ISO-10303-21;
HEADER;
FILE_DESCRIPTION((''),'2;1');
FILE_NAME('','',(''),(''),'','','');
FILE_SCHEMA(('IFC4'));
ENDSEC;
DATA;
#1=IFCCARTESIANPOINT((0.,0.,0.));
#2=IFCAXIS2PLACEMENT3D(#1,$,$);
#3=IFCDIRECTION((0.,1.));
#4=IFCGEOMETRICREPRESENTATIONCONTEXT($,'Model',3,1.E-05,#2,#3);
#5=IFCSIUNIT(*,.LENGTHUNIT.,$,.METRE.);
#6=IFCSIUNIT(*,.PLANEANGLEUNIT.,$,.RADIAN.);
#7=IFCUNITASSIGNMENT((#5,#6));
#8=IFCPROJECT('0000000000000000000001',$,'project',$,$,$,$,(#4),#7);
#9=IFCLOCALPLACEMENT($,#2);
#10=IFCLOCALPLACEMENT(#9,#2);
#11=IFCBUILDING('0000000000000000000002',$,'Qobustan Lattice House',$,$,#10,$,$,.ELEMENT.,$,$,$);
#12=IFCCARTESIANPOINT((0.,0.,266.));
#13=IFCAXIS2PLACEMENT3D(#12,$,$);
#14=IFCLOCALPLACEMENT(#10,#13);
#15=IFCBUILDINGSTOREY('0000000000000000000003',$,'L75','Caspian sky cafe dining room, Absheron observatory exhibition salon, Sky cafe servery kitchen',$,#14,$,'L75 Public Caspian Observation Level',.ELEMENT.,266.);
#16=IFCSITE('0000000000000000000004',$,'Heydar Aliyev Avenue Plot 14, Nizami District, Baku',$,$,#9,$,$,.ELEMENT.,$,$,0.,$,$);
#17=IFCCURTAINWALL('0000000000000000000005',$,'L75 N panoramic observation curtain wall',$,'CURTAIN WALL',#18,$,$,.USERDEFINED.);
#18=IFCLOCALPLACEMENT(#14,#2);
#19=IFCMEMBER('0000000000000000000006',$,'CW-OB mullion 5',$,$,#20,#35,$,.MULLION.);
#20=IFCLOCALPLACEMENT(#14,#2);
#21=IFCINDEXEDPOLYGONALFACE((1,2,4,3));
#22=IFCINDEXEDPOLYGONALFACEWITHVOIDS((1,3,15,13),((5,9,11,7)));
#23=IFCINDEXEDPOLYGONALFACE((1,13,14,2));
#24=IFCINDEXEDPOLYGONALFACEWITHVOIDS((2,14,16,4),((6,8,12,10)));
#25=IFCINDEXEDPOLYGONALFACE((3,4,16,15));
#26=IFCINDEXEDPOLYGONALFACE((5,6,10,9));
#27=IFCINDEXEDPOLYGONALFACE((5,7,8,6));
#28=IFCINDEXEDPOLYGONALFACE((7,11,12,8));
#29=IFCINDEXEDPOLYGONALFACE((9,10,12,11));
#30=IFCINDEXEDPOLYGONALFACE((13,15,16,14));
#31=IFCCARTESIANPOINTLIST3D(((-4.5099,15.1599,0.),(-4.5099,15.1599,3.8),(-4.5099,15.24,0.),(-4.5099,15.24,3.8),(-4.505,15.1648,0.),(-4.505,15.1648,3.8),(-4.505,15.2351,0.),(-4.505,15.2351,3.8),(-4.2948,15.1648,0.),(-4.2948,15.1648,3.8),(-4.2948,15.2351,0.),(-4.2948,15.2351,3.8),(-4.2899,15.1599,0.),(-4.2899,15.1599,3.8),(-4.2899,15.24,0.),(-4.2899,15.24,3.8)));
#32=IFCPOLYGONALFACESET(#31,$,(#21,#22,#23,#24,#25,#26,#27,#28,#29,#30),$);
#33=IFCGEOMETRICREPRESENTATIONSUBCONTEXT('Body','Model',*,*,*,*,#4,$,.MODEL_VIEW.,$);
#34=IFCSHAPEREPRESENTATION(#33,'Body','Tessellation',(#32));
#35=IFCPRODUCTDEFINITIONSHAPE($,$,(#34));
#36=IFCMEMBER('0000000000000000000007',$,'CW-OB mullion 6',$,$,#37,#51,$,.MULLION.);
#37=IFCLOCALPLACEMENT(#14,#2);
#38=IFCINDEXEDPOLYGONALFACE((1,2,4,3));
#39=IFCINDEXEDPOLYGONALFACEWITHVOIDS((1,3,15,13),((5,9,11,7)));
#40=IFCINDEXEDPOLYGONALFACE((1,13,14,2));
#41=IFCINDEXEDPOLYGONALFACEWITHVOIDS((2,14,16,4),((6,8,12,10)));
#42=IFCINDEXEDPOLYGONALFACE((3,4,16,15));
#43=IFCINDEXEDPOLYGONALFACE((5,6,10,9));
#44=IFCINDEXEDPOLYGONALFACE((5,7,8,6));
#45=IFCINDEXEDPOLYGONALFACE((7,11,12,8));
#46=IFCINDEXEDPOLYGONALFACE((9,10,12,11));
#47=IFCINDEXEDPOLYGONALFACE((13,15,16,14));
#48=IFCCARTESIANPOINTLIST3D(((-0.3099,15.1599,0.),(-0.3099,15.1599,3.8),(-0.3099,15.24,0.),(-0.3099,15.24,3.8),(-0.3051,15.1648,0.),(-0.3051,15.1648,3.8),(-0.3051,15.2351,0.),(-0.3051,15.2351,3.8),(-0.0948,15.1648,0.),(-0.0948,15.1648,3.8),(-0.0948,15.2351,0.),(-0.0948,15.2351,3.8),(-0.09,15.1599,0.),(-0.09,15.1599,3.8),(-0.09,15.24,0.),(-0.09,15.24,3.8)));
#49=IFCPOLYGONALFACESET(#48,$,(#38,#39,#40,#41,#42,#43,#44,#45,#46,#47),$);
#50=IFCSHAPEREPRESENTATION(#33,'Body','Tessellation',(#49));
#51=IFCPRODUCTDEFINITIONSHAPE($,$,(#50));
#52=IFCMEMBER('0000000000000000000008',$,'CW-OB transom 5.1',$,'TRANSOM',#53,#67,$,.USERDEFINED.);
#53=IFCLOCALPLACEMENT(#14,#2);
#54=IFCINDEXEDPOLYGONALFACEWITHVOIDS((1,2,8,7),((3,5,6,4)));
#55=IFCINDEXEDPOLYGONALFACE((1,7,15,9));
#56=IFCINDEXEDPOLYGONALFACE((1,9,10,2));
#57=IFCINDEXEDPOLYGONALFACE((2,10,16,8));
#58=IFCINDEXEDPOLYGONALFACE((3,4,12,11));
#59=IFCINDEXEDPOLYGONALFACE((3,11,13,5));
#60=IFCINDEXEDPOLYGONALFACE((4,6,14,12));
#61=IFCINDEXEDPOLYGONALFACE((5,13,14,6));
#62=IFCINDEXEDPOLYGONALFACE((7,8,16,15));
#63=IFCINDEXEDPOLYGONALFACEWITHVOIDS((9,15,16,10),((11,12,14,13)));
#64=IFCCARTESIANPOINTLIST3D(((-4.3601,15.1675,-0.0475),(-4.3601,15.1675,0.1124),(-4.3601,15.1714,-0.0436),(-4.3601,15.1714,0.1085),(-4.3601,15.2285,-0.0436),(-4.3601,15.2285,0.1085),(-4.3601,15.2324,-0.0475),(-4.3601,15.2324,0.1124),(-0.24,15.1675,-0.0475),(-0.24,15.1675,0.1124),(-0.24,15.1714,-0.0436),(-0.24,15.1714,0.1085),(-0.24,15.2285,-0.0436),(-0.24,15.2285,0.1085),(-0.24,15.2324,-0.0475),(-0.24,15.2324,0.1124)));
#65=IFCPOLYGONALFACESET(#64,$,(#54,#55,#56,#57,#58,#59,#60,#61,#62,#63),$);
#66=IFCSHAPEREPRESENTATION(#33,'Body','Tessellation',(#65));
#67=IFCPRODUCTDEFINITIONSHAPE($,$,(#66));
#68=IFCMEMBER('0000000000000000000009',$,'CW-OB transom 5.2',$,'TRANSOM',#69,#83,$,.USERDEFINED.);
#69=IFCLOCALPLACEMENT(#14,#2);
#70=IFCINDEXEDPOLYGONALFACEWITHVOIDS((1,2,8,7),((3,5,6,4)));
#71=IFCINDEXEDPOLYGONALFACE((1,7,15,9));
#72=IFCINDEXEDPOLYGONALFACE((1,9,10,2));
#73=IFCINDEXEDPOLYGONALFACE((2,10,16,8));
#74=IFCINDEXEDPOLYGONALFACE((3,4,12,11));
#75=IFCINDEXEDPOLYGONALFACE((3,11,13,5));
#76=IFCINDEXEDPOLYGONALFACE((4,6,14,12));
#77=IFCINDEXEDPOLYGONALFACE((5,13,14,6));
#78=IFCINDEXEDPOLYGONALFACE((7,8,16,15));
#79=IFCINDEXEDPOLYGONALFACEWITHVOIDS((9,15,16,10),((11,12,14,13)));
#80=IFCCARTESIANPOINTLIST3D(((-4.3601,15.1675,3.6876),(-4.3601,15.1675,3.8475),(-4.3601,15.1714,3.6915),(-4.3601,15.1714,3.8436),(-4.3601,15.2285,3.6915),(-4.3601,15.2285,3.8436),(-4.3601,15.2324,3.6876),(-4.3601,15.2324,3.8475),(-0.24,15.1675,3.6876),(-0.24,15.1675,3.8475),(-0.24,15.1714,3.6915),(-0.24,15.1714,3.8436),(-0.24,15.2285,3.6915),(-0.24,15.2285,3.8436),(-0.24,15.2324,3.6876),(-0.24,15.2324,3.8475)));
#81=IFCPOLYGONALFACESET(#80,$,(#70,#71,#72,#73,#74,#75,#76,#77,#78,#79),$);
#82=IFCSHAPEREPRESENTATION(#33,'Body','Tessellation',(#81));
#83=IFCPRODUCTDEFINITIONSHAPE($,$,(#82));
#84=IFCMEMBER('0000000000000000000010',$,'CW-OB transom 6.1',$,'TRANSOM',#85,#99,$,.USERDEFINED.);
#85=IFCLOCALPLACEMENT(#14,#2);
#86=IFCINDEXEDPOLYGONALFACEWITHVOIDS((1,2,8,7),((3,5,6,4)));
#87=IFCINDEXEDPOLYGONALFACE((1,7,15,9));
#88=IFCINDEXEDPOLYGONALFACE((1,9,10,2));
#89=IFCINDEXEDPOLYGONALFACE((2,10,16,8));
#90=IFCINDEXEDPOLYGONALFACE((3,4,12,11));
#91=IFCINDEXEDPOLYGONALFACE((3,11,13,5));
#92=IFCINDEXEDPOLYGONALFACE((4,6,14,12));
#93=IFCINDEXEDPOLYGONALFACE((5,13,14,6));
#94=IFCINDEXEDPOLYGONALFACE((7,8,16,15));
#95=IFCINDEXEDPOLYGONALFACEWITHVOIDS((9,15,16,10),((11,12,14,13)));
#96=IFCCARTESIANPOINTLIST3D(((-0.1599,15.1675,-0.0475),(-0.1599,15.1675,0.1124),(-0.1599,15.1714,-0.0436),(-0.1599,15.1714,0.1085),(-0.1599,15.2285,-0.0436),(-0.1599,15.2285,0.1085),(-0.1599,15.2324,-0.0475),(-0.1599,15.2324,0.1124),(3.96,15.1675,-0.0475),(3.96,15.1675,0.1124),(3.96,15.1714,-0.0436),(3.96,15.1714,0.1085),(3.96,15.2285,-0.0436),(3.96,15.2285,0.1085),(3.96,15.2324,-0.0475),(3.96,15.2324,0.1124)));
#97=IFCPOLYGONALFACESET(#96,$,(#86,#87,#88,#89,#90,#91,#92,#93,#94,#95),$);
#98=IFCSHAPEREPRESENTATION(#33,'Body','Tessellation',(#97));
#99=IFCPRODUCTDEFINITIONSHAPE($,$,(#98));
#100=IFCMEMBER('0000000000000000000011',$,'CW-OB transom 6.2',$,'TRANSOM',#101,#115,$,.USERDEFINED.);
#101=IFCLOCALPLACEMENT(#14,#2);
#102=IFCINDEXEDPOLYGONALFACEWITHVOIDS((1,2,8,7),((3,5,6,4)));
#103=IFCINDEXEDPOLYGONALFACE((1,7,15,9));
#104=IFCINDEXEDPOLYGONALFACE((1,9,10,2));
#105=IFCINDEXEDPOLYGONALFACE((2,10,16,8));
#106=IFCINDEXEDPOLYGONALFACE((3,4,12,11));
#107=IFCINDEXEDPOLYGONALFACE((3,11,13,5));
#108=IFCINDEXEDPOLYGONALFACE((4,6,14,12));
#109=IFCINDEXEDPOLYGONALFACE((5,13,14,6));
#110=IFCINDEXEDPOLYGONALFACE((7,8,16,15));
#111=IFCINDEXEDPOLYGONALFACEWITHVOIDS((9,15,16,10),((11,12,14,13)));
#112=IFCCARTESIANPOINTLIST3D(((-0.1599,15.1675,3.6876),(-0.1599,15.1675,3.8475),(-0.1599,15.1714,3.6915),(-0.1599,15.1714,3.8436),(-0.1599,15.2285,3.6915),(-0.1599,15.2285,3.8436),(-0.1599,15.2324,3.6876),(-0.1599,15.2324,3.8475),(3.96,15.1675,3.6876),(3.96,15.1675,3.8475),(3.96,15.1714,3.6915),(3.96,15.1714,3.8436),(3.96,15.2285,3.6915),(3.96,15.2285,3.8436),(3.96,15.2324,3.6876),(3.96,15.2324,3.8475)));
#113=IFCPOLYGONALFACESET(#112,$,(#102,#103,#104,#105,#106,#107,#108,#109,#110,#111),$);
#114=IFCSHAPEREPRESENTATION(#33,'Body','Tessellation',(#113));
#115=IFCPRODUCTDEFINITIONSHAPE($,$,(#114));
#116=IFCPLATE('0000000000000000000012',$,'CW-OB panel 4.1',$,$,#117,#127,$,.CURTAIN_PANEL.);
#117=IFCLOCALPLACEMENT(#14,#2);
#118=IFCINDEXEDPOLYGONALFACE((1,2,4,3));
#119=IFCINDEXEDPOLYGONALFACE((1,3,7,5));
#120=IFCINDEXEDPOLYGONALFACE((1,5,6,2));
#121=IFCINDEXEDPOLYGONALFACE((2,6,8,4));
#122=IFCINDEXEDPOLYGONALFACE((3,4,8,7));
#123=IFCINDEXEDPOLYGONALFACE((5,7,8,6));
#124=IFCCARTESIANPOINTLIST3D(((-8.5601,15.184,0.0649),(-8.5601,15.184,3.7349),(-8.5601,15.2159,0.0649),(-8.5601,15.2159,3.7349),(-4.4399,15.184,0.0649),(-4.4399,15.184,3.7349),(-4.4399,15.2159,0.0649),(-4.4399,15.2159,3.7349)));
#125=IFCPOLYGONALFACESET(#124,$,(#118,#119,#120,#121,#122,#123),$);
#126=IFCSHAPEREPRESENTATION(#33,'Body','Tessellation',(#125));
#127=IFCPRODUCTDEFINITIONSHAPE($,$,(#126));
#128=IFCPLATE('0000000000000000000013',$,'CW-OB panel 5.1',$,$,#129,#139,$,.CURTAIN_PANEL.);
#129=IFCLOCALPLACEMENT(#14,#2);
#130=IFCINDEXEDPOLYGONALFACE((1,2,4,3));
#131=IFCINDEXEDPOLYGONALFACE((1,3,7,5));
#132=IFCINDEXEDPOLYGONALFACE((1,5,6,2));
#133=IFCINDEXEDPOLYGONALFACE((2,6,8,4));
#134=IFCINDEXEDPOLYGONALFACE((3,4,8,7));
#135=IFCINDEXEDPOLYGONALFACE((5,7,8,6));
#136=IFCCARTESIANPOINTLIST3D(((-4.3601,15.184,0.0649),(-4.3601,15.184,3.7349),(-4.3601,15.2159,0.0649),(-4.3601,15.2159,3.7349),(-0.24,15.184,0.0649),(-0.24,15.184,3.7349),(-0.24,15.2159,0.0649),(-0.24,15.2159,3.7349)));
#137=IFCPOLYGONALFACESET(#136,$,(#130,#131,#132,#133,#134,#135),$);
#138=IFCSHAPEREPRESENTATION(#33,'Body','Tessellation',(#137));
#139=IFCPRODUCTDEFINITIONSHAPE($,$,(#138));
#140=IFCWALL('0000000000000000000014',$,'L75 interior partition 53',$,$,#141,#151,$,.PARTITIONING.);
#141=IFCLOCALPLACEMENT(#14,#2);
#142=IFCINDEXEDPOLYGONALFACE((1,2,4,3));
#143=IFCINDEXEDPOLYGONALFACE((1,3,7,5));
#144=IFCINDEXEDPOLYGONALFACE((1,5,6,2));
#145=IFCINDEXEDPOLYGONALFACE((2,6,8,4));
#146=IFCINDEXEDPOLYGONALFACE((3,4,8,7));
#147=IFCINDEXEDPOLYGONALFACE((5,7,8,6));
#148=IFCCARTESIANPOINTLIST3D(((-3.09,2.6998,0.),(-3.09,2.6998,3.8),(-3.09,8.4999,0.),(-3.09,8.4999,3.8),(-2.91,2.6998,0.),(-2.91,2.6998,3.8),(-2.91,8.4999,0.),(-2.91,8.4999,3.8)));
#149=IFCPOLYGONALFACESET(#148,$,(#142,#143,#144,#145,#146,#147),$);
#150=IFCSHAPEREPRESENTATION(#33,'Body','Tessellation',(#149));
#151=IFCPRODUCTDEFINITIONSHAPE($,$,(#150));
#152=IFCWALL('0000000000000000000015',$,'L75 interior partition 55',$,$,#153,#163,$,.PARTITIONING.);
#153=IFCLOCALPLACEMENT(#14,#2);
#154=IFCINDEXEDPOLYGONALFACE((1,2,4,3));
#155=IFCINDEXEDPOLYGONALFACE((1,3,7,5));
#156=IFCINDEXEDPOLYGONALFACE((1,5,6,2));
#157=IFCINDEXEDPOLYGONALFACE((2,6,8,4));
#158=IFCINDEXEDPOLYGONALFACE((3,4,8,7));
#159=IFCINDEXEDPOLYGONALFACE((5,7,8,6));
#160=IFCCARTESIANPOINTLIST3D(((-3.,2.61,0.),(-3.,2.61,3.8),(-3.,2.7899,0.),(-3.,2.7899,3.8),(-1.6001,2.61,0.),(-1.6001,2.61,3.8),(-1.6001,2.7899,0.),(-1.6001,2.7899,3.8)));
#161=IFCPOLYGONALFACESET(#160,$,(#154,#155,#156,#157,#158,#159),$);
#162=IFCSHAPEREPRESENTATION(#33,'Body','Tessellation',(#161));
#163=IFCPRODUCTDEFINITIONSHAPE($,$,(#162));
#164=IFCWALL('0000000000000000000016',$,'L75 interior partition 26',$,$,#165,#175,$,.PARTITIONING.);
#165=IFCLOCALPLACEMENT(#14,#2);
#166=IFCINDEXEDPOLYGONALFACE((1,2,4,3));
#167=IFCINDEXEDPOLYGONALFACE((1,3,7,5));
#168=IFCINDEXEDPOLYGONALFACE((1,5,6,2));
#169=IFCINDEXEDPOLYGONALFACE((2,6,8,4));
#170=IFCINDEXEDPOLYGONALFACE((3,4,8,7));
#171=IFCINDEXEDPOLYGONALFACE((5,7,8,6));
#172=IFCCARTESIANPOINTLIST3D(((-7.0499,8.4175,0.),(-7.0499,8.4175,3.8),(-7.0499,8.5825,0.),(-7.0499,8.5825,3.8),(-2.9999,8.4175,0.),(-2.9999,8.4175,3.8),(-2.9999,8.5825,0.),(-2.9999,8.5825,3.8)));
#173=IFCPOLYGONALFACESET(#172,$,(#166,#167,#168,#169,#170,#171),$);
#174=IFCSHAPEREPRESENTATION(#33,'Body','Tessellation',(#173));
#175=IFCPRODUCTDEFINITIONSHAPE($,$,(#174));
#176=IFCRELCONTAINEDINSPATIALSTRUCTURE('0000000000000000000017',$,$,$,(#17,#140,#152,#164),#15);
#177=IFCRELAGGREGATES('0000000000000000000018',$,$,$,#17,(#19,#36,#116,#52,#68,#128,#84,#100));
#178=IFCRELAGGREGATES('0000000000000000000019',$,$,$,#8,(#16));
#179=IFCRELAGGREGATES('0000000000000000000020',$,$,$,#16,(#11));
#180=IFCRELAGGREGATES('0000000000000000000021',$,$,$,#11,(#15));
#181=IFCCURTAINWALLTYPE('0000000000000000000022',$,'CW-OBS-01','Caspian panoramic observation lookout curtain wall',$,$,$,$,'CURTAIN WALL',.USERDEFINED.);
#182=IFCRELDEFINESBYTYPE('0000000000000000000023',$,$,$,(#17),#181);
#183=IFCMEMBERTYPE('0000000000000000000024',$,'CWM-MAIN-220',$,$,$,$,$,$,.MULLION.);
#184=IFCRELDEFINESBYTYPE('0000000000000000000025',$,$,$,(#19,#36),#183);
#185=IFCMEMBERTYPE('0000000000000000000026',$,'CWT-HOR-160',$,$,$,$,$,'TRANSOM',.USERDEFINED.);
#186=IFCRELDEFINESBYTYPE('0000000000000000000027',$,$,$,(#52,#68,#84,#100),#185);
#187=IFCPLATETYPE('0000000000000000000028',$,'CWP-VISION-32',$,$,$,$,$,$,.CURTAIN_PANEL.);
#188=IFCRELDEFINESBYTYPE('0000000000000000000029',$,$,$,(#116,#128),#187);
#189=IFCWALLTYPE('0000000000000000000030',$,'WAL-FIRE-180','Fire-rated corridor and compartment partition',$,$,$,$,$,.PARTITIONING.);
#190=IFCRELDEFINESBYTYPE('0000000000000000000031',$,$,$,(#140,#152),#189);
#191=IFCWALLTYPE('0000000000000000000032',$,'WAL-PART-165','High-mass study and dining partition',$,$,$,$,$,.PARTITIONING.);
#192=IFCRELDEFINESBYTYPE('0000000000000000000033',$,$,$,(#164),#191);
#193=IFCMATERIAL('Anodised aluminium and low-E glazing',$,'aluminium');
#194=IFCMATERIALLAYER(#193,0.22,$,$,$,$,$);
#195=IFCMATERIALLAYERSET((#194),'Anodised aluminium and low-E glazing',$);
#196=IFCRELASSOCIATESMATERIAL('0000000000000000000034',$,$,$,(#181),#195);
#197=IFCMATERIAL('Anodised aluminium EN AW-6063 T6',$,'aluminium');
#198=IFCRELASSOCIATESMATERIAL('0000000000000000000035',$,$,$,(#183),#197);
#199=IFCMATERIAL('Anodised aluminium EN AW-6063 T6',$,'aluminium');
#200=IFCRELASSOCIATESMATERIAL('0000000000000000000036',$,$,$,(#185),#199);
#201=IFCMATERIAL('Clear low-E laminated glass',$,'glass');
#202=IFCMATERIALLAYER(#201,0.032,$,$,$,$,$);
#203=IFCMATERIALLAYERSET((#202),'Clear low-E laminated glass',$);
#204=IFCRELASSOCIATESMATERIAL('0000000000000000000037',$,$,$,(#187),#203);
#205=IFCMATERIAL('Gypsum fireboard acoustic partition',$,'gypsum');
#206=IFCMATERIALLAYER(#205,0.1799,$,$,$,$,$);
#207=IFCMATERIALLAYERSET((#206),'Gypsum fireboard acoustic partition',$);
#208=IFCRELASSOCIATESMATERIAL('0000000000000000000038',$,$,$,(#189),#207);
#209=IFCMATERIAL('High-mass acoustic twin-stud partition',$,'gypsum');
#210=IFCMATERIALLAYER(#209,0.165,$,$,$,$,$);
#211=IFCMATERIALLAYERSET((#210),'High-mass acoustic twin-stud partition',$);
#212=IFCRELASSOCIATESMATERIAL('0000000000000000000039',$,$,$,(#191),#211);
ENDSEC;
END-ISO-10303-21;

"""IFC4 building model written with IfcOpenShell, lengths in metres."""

from ifc_helpers import new_model, si_unit, direction, frame, frame_2d, origin, origin_2d, place, context, subcontext, project, spatial, rectangle, hollow_rectangle, extrude, material, layer, layer_set, material_profile, profile_set, type_object, element, aggregate, save


model = new_model("IFC4")

# Units and contexts
model_context = context("Model", 3, precision=1e-05, world=origin(), true_north=direction((0.0, 1.0)))
body_context = subcontext(model_context, "Body", "Model", "MODEL_VIEW")
ifc_project = project(units=[si_unit("LENGTHUNIT", "METRE"), si_unit("PLANEANGLEUNIT", "RADIAN")], contexts=[model_context])

# Site, building, storey
site_placement = place(None, origin())
site = spatial("IfcSite", under=ifc_project, at=site_placement, Name="Heydar Aliyev Avenue Plot 14, Nizami District, Baku", CompositionType="ELEMENT", RefElevation=0.0)
building_placement = place(site_placement, origin())
building = spatial("IfcBuilding", under=site, at=building_placement, Name="Qobustan Lattice House", CompositionType="ELEMENT")
storey_placement = place(building_placement, frame((0.0, 0.0, 266.0)))
storey = spatial("IfcBuildingStorey", under=building, at=storey_placement, Name="L75", Description="Caspian sky cafe dining room, Absheron observatory exhibition salon, Sky cafe servery kitchen", LongName="L75 Public Caspian Observation Level", CompositionType="ELEMENT", Elevation=266.0)

# Curtain wall, members, plates
ifc_material_1 = material(Name="Anodised aluminium and low-E glazing", Category="aluminium")
ifc_layer_1 = layer(ifc_material_1, 0.22)
ifc_layer_set_1 = layer_set([ifc_layer_1], Name="Anodised aluminium and low-E glazing")
curtain_wall_type = type_object("IfcCurtainWallType", Name="CW-OBS-01", Description="Caspian panoramic observation lookout curtain wall", ElementType="CURTAIN WALL", PredefinedType="USERDEFINED", material=ifc_layer_set_1)
curtain_wall_placement = place(storey_placement, origin())
curtain_wall = element("IfcCurtainWall", 1, at=curtain_wall_placement, inside=storey, type_object=curtain_wall_type, Name="L75 N panoramic observation curtain wall", ObjectType="CURTAIN WALL", PredefinedType="USERDEFINED")
ifc_material_2 = material(Name="Anodised aluminium EN AW-6063 T6", Category="aluminium")
ifc_material_profile_1 = material_profile(ifc_material_2, hollow_rectangle(XDim=0.0801, YDim=0.22, WallThickness=0.0049, at=origin_2d()), Name="CWM-220x80")
ifc_profile_set_1 = profile_set([ifc_material_profile_1], Name="Anodised aluminium EN AW-6063 T6")
member_type_1 = type_object("IfcMemberType", Name="CWM-MAIN-220", PredefinedType="MULLION", material=ifc_profile_set_1)
member_1_placement = place(storey_placement, frame((-4.3999, 15.2, 0.0), z_axis=(0.0, 0.0, 1.0), x_axis=(0.0, 1.0, 0.0)))
member_1 = element("IfcMember", 2, at=member_1_placement, type_object=member_type_1, Name="CW-OB mullion 5", PredefinedType="MULLION", context=body_context, shape_type="SweptSolid", body=[
    extrude(hollow_rectangle(XDim=0.0801, YDim=0.22, WallThickness=0.0049, at=origin_2d()), origin(), (0.0, 0.0, 1.0), 3.8),
])
member_2_placement = place(storey_placement, frame((-0.2, 15.2, 0.0), z_axis=(0.0, 0.0, 1.0), x_axis=(0.0, 1.0, 0.0)))
member_2 = element("IfcMember", 3, at=member_2_placement, type_object=member_type_1, Name="CW-OB mullion 6", PredefinedType="MULLION", context=body_context, shape_type="SweptSolid", body=[
    extrude(hollow_rectangle(XDim=0.0801, YDim=0.22, WallThickness=0.0049, at=origin_2d()), origin(), (0.0, 0.0, 1.0), 3.8),
])
ifc_material_3 = material(Name="Anodised aluminium EN AW-6063 T6", Category="aluminium")
ifc_material_profile_2 = material_profile(ifc_material_3, hollow_rectangle(XDim=0.0649, YDim=0.1599, WallThickness=0.0039, at=origin_2d()), Name="CWT-160x65")
ifc_profile_set_2 = profile_set([ifc_material_profile_2], Name="Anodised aluminium EN AW-6063 T6")
member_type_2 = type_object("IfcMemberType", Name="CWT-HOR-160", ElementType="TRANSOM", PredefinedType="USERDEFINED", material=ifc_profile_set_2)
member_3_placement = place(storey_placement, frame((-4.3601, 15.2, 0.0325), z_axis=(1.0, 0.0, 0.0), x_axis=(0.0, 1.0, 0.0)))
member_3 = element("IfcMember", 4, at=member_3_placement, type_object=member_type_2, Name="CW-OB transom 5.1", ObjectType="TRANSOM", PredefinedType="USERDEFINED", context=body_context, shape_type="SweptSolid", body=[
    extrude(hollow_rectangle(XDim=0.0649, YDim=0.1599, WallThickness=0.0039, at=origin_2d()), origin(), (0.0, 0.0, 1.0), 4.1201),
])
member_4_placement = place(storey_placement, frame((-4.3601, 15.2, 3.7676), z_axis=(1.0, 0.0, 0.0), x_axis=(0.0, 1.0, 0.0)))
member_4 = element("IfcMember", 5, at=member_4_placement, type_object=member_type_2, Name="CW-OB transom 5.2", ObjectType="TRANSOM", PredefinedType="USERDEFINED", context=body_context, shape_type="SweptSolid", body=[
    extrude(hollow_rectangle(XDim=0.0649, YDim=0.1599, WallThickness=0.0039, at=origin_2d()), origin(), (0.0, 0.0, 1.0), 4.1201),
])
member_5_placement = place(storey_placement, frame((-0.1599, 15.2, 0.0325), z_axis=(1.0, 0.0, 0.0), x_axis=(0.0, 1.0, 0.0)))
member_5 = element("IfcMember", 6, at=member_5_placement, type_object=member_type_2, Name="CW-OB transom 6.1", ObjectType="TRANSOM", PredefinedType="USERDEFINED", context=body_context, shape_type="SweptSolid", body=[
    extrude(hollow_rectangle(XDim=0.0649, YDim=0.1599, WallThickness=0.0039, at=origin_2d()), origin(), (0.0, 0.0, 1.0), 4.1199),
])
member_6_placement = place(storey_placement, frame((-0.1599, 15.2, 3.7676), z_axis=(1.0, 0.0, 0.0), x_axis=(0.0, 1.0, 0.0)))
member_6 = element("IfcMember", 7, at=member_6_placement, type_object=member_type_2, Name="CW-OB transom 6.2", ObjectType="TRANSOM", PredefinedType="USERDEFINED", context=body_context, shape_type="SweptSolid", body=[
    extrude(hollow_rectangle(XDim=0.0649, YDim=0.1599, WallThickness=0.0039, at=origin_2d()), origin(), (0.0, 0.0, 1.0), 4.1199),
])
ifc_material_4 = material(Name="Clear low-E laminated glass", Category="glass")
ifc_layer_2 = layer(ifc_material_4, 0.032)
ifc_layer_set_2 = layer_set([ifc_layer_2], Name="Clear low-E laminated glass")
plate_type = type_object("IfcPlateType", Name="CWP-VISION-32", PredefinedType="CURTAIN_PANEL", material=ifc_layer_set_2)
plate_1_placement = place(storey_placement, frame((-6.5, 15.2, 0.0649), z_axis=(0.0, 0.0, 1.0), x_axis=(1.0, 0.0, 0.0)))
plate_1 = element("IfcPlate", 8, at=plate_1_placement, type_object=plate_type, Name="CW-OB panel 4.1", PredefinedType="CURTAIN_PANEL", context=body_context, shape_type="SweptSolid", body=[
    extrude(rectangle(XDim=4.1201, YDim=0.032, at=origin_2d()), origin(), (0.0, 0.0, 1.0), 3.6699),
])
plate_2_placement = place(storey_placement, frame((-2.3, 15.2, 0.0649), z_axis=(0.0, 0.0, 1.0), x_axis=(1.0, 0.0, 0.0)))
plate_2 = element("IfcPlate", 9, at=plate_2_placement, type_object=plate_type, Name="CW-OB panel 5.1", PredefinedType="CURTAIN_PANEL", context=body_context, shape_type="SweptSolid", body=[
    extrude(rectangle(XDim=4.1201, YDim=0.032, at=origin_2d()), origin(), (0.0, 0.0, 1.0), 3.6699),
])
aggregate(curtain_wall, [member_1, member_2, plate_1, member_3, member_4, plate_2, member_5, member_6])

# Walls
ifc_material_5 = material(Name="Gypsum fireboard acoustic partition", Category="gypsum")
ifc_layer_3 = layer(ifc_material_5, 0.1799)
ifc_layer_set_3 = layer_set([ifc_layer_3], Name="Gypsum fireboard acoustic partition")
wall_type_1 = type_object("IfcWallType", Name="WAL-FIRE-180", Description="Fire-rated corridor and compartment partition", PredefinedType="PARTITIONING", material=ifc_layer_set_3)
wall_1_placement = place(storey_placement, frame((-3.0, 2.7, 0.0), z_axis=(0.0, 0.0, 1.0), x_axis=(0.0, 1.0, 0.0)))
element("IfcWall", 10, at=wall_1_placement, inside=storey, type_object=wall_type_1, Name="L75 interior partition 53", PredefinedType="PARTITIONING", context=body_context, shape_type="SweptSolid", body=[
    extrude(rectangle(XDim=5.8, YDim=0.1799, at=frame_2d((2.8999, 0.0))), origin(), (0.0, 0.0, 1.0), 3.8),
])
wall_2_placement = place(storey_placement, frame((-1.6001, 2.7, 0.0), z_axis=(0.0, 0.0, 1.0), x_axis=(-1.0, 0.0, 0.0)))
element("IfcWall", 11, at=wall_2_placement, inside=storey, type_object=wall_type_1, Name="L75 interior partition 55", PredefinedType="PARTITIONING", context=body_context, shape_type="SweptSolid", body=[
    extrude(rectangle(XDim=1.3999, YDim=0.1799, at=frame_2d((0.7, 0.0))), origin(), (0.0, 0.0, 1.0), 3.8),
])
ifc_material_6 = material(Name="High-mass acoustic twin-stud partition", Category="gypsum")
ifc_layer_4 = layer(ifc_material_6, 0.165)
ifc_layer_set_4 = layer_set([ifc_layer_4], Name="High-mass acoustic twin-stud partition")
wall_type_2 = type_object("IfcWallType", Name="WAL-PART-165", Description="High-mass study and dining partition", PredefinedType="PARTITIONING", material=ifc_layer_set_4)
wall_3_placement = place(storey_placement, frame((-3.0, 8.5, 0.0), z_axis=(0.0, 0.0, 1.0), x_axis=(-1.0, 0.0, 0.0)))
element("IfcWall", 12, at=wall_3_placement, inside=storey, type_object=wall_type_2, Name="L75 interior partition 26", PredefinedType="PARTITIONING", context=body_context, shape_type="SweptSolid", body=[
    extrude(rectangle(XDim=4.05, YDim=0.165, at=frame_2d((2.0249, 0.0))), origin(), (0.0, 0.0, 1.0), 3.8),
])

save(model, "model.ifc")
